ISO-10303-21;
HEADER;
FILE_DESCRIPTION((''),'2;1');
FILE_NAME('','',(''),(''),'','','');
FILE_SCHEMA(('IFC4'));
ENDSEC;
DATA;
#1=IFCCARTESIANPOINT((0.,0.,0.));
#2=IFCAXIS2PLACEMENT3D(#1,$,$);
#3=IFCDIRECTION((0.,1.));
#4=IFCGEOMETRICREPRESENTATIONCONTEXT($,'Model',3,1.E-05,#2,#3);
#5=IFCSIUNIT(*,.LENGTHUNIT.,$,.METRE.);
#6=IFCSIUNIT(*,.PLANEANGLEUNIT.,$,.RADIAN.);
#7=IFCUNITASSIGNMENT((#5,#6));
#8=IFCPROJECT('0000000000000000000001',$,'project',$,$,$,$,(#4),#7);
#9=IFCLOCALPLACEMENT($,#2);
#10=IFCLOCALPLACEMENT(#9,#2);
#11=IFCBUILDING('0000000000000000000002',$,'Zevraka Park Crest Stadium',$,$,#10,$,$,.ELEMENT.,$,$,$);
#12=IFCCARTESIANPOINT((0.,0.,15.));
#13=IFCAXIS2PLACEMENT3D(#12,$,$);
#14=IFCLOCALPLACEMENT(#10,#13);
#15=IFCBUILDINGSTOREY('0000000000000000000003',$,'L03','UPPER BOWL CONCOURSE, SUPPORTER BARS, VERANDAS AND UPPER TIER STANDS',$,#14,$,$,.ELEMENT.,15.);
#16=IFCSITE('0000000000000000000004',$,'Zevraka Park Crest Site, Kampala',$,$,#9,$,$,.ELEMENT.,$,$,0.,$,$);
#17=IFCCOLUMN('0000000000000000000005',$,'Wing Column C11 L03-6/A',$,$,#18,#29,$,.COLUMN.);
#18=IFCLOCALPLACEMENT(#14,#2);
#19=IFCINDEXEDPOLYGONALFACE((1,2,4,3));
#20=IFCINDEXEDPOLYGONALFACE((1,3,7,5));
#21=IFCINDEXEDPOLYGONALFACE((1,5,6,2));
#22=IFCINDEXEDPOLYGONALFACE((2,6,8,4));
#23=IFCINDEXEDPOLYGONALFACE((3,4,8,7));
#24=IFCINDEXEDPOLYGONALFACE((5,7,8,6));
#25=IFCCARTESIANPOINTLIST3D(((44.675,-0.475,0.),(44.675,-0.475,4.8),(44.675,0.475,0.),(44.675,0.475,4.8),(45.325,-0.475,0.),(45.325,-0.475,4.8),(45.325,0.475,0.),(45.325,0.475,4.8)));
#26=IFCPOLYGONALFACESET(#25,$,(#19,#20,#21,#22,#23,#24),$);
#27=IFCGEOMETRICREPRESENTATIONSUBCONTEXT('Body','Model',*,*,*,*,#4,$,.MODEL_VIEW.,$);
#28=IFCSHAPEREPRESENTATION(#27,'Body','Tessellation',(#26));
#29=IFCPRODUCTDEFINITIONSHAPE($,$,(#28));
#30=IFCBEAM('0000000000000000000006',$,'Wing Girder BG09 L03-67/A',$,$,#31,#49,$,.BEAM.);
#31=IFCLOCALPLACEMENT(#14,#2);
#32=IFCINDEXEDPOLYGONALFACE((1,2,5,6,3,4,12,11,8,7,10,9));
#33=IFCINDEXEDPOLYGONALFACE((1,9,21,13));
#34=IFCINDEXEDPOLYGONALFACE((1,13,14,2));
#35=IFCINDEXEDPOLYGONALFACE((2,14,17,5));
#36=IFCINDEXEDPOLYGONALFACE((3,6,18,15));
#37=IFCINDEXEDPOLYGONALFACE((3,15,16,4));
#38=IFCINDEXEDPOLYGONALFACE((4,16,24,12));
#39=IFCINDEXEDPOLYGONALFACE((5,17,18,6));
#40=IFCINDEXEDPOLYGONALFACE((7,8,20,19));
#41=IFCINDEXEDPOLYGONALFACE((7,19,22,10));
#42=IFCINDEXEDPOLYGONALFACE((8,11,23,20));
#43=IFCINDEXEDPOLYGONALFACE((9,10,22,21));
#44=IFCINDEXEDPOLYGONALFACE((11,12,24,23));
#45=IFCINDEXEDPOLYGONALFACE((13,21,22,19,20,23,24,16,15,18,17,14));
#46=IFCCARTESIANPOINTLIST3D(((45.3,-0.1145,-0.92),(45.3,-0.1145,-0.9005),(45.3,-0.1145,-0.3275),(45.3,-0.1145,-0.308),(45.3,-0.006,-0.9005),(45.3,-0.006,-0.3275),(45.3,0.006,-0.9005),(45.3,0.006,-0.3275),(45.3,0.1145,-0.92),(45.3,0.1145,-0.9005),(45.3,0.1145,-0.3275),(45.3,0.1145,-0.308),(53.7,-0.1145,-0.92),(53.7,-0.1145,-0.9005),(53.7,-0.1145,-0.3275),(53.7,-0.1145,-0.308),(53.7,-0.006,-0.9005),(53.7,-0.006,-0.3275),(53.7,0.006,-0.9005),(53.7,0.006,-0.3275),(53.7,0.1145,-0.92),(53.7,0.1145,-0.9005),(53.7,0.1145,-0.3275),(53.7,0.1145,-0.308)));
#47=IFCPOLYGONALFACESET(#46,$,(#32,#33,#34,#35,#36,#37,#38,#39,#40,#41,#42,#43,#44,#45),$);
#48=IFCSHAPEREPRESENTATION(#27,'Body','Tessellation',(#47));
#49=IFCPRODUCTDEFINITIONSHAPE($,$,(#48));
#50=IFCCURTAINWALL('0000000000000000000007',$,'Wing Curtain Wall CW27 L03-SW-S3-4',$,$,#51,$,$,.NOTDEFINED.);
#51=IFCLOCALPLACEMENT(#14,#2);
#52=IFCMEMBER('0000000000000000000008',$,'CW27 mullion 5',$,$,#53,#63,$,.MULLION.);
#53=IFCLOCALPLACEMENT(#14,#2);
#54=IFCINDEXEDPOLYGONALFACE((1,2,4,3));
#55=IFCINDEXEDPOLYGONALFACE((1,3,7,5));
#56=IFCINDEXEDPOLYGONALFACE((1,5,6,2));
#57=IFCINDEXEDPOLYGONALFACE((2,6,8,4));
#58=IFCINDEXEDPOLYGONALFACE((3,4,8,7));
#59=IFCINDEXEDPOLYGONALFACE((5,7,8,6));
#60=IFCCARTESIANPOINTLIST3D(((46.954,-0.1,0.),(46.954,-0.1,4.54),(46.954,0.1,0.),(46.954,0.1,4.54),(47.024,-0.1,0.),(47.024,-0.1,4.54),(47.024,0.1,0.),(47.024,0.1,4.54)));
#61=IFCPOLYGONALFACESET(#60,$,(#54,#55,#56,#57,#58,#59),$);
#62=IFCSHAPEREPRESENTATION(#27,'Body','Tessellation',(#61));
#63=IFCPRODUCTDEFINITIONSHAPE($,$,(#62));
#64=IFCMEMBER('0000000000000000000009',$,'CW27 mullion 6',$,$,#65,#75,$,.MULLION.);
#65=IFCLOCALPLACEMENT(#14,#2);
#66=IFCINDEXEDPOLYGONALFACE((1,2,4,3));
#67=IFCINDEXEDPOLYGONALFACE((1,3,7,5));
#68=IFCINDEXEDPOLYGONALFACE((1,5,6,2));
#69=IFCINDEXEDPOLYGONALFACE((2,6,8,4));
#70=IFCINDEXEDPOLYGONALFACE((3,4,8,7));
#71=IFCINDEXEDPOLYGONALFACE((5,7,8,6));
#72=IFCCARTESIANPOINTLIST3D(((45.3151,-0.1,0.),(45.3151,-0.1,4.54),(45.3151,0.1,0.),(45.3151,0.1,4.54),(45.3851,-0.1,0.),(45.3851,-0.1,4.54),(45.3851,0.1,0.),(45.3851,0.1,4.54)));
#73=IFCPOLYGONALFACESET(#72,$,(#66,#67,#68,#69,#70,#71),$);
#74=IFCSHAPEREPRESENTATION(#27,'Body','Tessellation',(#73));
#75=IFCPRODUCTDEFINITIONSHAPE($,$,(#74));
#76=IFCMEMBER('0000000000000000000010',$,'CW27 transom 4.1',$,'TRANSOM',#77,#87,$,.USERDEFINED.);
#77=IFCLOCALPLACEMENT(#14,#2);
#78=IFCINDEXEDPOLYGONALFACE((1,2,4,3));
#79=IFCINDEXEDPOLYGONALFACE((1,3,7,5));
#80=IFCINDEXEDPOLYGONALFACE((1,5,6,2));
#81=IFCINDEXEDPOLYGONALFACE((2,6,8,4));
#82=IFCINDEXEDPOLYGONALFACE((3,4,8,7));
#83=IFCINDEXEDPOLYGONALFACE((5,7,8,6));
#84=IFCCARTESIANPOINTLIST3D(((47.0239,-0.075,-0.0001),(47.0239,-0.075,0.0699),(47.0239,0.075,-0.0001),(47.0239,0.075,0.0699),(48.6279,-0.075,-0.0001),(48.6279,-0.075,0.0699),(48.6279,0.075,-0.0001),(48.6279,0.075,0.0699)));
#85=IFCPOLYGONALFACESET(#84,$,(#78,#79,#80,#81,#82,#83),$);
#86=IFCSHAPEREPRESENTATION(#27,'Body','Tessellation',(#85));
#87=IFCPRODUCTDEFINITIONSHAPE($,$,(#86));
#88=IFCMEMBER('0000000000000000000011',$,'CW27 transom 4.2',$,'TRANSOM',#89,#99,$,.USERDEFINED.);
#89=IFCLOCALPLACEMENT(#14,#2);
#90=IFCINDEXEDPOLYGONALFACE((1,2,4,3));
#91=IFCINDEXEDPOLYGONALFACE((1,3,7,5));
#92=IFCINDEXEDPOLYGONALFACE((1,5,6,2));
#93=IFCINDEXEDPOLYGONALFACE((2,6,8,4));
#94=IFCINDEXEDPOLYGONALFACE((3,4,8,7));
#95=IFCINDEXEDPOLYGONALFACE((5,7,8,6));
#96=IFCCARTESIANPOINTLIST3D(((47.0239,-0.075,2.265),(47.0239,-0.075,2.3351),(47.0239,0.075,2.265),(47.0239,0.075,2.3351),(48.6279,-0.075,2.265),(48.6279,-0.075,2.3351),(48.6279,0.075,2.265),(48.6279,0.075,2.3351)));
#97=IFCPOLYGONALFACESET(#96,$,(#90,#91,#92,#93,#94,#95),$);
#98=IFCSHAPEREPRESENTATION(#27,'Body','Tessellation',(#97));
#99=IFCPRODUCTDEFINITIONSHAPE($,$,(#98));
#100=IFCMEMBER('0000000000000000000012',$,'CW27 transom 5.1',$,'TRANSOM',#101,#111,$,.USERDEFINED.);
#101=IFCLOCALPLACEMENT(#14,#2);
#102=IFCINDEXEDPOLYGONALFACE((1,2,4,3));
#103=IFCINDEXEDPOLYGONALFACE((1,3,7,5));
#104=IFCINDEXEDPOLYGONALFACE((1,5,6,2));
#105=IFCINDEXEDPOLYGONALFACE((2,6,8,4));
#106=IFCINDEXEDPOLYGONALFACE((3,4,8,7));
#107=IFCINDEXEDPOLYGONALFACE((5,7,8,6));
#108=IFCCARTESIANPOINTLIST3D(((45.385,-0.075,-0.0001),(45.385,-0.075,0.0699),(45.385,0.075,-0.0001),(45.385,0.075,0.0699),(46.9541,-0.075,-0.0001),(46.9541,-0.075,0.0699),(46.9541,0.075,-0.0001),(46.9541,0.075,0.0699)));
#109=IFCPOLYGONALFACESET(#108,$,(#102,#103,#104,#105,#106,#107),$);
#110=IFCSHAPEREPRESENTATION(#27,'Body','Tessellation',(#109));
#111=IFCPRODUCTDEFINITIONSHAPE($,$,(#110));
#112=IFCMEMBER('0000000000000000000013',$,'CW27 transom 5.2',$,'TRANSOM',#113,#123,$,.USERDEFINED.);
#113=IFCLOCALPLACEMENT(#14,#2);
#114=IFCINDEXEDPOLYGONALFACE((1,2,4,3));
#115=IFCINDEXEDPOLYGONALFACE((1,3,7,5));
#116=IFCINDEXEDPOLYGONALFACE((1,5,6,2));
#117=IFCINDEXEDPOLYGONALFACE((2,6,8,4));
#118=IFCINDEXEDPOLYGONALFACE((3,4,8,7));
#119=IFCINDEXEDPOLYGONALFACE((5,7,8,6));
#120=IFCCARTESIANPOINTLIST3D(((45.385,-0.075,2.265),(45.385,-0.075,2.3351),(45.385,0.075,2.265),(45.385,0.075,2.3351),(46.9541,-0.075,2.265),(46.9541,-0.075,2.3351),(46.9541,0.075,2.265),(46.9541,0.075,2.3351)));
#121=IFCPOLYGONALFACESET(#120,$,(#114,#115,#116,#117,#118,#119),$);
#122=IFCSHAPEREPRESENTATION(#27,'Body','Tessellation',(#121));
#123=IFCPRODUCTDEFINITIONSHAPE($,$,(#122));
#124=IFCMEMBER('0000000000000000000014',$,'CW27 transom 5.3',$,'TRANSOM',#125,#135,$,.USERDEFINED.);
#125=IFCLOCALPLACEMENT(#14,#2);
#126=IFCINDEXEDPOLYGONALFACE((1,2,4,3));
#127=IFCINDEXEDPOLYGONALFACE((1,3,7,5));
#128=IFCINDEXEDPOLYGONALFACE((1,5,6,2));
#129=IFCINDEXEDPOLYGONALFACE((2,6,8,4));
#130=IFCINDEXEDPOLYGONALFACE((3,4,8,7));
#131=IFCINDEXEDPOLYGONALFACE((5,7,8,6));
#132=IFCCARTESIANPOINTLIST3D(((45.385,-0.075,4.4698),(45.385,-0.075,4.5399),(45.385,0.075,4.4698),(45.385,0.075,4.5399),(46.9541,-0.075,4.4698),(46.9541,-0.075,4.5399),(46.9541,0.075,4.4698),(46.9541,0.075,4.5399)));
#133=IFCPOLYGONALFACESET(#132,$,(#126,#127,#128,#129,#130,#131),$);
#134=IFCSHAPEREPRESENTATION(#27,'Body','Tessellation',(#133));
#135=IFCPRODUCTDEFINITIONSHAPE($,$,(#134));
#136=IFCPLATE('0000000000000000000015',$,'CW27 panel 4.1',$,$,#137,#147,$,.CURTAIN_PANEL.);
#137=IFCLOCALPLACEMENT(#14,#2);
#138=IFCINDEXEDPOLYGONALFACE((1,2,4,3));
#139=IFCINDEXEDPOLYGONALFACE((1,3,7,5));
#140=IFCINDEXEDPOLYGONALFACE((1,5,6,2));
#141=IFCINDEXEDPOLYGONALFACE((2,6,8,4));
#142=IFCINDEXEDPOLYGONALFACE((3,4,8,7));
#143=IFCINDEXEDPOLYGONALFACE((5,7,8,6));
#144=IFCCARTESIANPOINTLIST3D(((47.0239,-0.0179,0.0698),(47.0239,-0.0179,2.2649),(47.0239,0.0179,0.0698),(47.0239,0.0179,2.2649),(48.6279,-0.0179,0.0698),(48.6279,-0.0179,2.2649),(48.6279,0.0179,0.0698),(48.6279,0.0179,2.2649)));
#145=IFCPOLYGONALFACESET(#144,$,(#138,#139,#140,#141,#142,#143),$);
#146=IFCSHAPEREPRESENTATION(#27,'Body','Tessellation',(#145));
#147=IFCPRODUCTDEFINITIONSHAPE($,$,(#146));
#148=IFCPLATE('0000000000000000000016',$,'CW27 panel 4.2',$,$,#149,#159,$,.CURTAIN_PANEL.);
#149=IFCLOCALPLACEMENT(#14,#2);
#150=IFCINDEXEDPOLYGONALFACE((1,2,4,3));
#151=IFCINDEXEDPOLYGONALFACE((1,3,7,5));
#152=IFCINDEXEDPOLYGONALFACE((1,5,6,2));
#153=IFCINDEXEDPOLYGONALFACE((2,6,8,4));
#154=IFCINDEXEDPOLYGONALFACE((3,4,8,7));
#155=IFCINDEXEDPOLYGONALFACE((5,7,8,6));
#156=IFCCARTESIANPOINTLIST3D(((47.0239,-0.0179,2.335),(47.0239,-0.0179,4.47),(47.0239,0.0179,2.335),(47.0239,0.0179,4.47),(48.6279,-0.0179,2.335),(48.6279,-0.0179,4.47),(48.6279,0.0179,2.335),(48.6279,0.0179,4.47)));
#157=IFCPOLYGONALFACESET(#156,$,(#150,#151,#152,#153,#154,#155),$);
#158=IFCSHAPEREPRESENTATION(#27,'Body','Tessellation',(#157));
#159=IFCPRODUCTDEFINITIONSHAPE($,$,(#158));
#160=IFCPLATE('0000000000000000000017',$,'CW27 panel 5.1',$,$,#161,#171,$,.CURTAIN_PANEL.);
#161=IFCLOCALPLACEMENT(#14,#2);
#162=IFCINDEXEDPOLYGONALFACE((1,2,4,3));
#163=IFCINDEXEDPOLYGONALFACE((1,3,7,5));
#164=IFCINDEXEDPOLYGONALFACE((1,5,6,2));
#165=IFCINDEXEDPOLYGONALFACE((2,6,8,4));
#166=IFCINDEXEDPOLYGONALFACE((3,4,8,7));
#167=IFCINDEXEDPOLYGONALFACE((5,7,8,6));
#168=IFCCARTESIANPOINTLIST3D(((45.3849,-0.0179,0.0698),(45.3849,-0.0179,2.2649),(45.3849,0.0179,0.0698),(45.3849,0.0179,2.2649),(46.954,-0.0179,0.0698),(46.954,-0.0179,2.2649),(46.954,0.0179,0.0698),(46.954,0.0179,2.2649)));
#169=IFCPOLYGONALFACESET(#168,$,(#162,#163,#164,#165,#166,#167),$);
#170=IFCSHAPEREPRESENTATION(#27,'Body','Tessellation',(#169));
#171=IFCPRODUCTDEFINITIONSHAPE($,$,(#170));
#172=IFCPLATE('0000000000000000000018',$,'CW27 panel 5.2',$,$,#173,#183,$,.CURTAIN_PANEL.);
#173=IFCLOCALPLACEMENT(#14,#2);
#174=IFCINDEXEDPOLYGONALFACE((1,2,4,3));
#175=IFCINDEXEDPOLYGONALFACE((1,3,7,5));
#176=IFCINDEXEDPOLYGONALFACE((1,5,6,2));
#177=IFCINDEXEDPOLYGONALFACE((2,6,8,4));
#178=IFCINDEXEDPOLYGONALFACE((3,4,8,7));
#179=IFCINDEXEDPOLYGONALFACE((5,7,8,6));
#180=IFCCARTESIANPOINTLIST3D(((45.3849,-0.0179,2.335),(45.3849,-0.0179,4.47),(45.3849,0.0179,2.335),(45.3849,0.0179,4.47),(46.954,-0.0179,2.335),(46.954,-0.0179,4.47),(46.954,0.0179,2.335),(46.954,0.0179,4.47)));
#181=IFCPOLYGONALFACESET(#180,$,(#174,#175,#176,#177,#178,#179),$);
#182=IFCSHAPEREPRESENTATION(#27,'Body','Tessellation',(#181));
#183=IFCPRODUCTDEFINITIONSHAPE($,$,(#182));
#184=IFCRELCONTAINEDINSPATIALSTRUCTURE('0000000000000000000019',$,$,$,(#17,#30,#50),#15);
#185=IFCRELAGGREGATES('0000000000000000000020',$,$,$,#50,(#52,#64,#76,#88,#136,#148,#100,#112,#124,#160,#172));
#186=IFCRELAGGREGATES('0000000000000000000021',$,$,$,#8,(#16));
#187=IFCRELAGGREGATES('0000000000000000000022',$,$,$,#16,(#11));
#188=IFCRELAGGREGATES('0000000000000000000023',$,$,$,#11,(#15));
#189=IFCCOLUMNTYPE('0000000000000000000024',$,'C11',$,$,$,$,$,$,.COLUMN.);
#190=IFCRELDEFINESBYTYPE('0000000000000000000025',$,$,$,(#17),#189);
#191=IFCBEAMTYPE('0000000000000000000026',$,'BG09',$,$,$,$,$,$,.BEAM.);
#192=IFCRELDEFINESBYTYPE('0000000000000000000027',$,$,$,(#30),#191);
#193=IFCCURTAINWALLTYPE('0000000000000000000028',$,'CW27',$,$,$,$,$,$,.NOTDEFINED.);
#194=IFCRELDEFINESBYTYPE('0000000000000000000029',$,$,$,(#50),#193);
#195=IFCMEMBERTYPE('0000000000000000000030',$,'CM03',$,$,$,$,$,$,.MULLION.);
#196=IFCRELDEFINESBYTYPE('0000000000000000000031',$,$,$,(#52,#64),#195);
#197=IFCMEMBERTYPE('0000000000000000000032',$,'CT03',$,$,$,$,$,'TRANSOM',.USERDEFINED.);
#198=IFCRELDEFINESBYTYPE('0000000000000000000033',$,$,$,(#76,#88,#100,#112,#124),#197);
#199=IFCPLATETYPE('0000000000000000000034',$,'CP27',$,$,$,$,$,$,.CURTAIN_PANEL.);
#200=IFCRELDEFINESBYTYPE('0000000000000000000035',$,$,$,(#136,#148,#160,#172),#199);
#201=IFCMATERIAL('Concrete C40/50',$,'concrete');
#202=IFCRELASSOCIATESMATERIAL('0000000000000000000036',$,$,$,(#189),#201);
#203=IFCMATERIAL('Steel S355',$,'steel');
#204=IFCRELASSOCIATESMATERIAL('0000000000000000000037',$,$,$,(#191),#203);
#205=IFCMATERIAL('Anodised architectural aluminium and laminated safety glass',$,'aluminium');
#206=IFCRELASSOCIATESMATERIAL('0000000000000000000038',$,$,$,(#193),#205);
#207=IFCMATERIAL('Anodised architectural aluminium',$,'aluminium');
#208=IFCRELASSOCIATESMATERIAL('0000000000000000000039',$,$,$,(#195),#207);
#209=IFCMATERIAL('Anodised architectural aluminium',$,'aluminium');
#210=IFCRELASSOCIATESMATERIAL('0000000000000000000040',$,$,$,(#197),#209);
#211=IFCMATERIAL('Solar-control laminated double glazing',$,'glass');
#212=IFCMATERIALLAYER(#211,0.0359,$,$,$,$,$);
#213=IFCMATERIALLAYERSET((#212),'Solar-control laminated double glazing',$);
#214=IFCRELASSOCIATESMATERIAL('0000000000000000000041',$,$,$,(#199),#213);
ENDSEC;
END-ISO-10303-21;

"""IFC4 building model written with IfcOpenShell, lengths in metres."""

from ifc_helpers import new_model, si_unit, direction, frame, origin, origin_2d, place, context, subcontext, project, spatial, rectangle, i_section, extrude, material, layer, layer_set, material_profile, profile_set, type_object, element, aggregate, save


model = new_model("IFC4")

# Units and contexts
model_context = context("Model", 3, precision=1e-05, world=origin(), true_north=direction((0.0, 1.0)))
body_context = subcontext(model_context, "Body", "Model", "MODEL_VIEW")
ifc_project = project(units=[si_unit("LENGTHUNIT", "METRE"), si_unit("PLANEANGLEUNIT", "RADIAN")], contexts=[model_context])

# Site, building, storey
site_placement = place(None, origin())
site = spatial("IfcSite", under=ifc_project, at=site_placement, Name="Zevraka Park Crest Site, Kampala", CompositionType="ELEMENT", RefElevation=0.0)
building_placement = place(site_placement, origin())
building = spatial("IfcBuilding", under=site, at=building_placement, Name="Zevraka Park Crest Stadium", CompositionType="ELEMENT")
storey_placement = place(building_placement, frame((0.0, 0.0, 15.0)))
storey = spatial("IfcBuildingStorey", under=building, at=storey_placement, Name="L03", Description="UPPER BOWL CONCOURSE, SUPPORTER BARS, VERANDAS AND UPPER TIER STANDS", CompositionType="ELEMENT", Elevation=15.0)

# Column
ifc_material_1 = material(Name="Concrete C40/50", Category="concrete")
ifc_material_profile_1 = material_profile(ifc_material_1, rectangle(XDim=0.6499, YDim=0.95, at=origin_2d()), Name="RC 950x650")
ifc_profile_set_1 = profile_set([ifc_material_profile_1], Name="Concrete C40/50")
column_type = type_object("IfcColumnType", Name="C11", PredefinedType="COLUMN", material=ifc_profile_set_1)
column_placement = place(storey_placement, frame((45.0, 0.0, 0.0), z_axis=(0.0, 0.0, 1.0), x_axis=(1.0, 0.0, 0.0)))
element("IfcColumn", 1, at=column_placement, inside=storey, type_object=column_type, Name="Wing Column C11 L03-6/A", PredefinedType="COLUMN", context=body_context, shape_type="SweptSolid", body=[
    extrude(rectangle(XDim=0.6499, YDim=0.95, at=origin_2d()), origin(), (0.0, 0.0, 1.0), 4.8),
])

# Beam
ifc_material_2 = material(Name="Steel S355", Category="steel")
ifc_material_profile_2 = material_profile(ifc_material_2, i_section(OverallWidth=0.229, OverallDepth=0.6121, WebThickness=0.012, FlangeThickness=0.0195, at=origin_2d()), Name="UKB 610x229x125")
ifc_profile_set_2 = profile_set([ifc_material_profile_2], Name="Steel S355")
beam_type = type_object("IfcBeamType", Name="BG09", PredefinedType="BEAM", material=ifc_profile_set_2)
beam_placement = place(storey_placement, frame((45.3, 0.0, -0.614), z_axis=(1.0, 0.0, 0.0), x_axis=(0.0, 1.0, 0.0)))
element("IfcBeam", 2, at=beam_placement, inside=storey, type_object=beam_type, Name="Wing Girder BG09 L03-67/A", PredefinedType="BEAM", context=body_context, shape_type="SweptSolid", body=[
    extrude(i_section(OverallWidth=0.229, OverallDepth=0.6121, WebThickness=0.012, FlangeThickness=0.0195, at=origin_2d()), origin(), (0.0, 0.0, 1.0), 8.3999),
])

# Curtain wall, members, plates
ifc_material_3 = material(Name="Anodised architectural aluminium and laminated safety glass", Category="aluminium")
curtain_wall_type = type_object("IfcCurtainWallType", Name="CW27", PredefinedType="NOTDEFINED", material=ifc_material_3)
curtain_wall_placement = place(storey_placement, origin())
curtain_wall = element("IfcCurtainWall", 3, at=curtain_wall_placement, inside=storey, type_object=curtain_wall_type, Name="Wing Curtain Wall CW27 L03-SW-S3-4", PredefinedType="NOTDEFINED")
ifc_material_4 = material(Name="Anodised architectural aluminium", Category="aluminium")
ifc_material_profile_3 = material_profile(ifc_material_4, rectangle(XDim=0.2, YDim=0.0701, at=origin_2d()), Name="ALU MULLION 200x70")
ifc_profile_set_3 = profile_set([ifc_material_profile_3], Name="Anodised architectural aluminium")
member_type_1 = type_object("IfcMemberType", Name="CM03", PredefinedType="MULLION", material=ifc_profile_set_3)
member_1_placement = place(storey_placement, frame((46.989, 0.0, 0.0), z_axis=(0.0, 0.0, 1.0), x_axis=(0.0, -1.0, 0.0)))
member_1 = element("IfcMember", 4, at=member_1_placement, type_object=member_type_1, Name="CW27 mullion 5", PredefinedType="MULLION", context=body_context, shape_type="SweptSolid", body=[
    extrude(rectangle(XDim=0.2, YDim=0.0701, at=origin_2d()), origin(), (0.0, 0.0, 1.0), 4.54),
])
member_2_placement = place(storey_placement, frame((45.3501, 0.0, 0.0), z_axis=(0.0, 0.0, 1.0), x_axis=(0.0, -1.0, 0.0)))
member_2 = element("IfcMember", 5, at=member_2_placement, type_object=member_type_1, Name="CW27 mullion 6", PredefinedType="MULLION", context=body_context, shape_type="SweptSolid", body=[
    extrude(rectangle(XDim=0.2, YDim=0.0701, at=origin_2d()), origin(), (0.0, 0.0, 1.0), 4.54),
])
ifc_material_5 = material(Name="Anodised architectural aluminium", Category="aluminium")
ifc_material_profile_4 = material_profile(ifc_material_5, rectangle(XDim=0.1499, YDim=0.0701, at=origin_2d()), Name="ALU TRANSOM 150x70")
ifc_profile_set_4 = profile_set([ifc_material_profile_4], Name="Anodised architectural aluminium")
member_type_2 = type_object("IfcMemberType", Name="CT03", ElementType="TRANSOM", PredefinedType="USERDEFINED", material=ifc_profile_set_4)
member_3_placement = place(storey_placement, frame((48.6279, 0.0, 0.0349), z_axis=(-1.0, 0.0, 0.0), x_axis=(0.0, -1.0, 0.0)))
member_3 = element("IfcMember", 6, at=member_3_placement, type_object=member_type_2, Name="CW27 transom 4.1", ObjectType="TRANSOM", PredefinedType="USERDEFINED", context=body_context, shape_type="SweptSolid", body=[
    extrude(rectangle(XDim=0.1499, YDim=0.0701, at=origin_2d()), origin(), (0.0, 0.0, 1.0), 1.604),
])
member_4_placement = place(storey_placement, frame((48.6279, 0.0, 2.3), z_axis=(-1.0, 0.0, 0.0), x_axis=(0.0, -1.0, 0.0)))
member_4 = element("IfcMember", 7, at=member_4_placement, type_object=member_type_2, Name="CW27 transom 4.2", ObjectType="TRANSOM", PredefinedType="USERDEFINED", context=body_context, shape_type="SweptSolid", body=[
    extrude(rectangle(XDim=0.1499, YDim=0.0701, at=origin_2d()), origin(), (0.0, 0.0, 1.0), 1.604),
])
member_5_placement = place(storey_placement, frame((46.9541, 0.0, 0.0349), z_axis=(-1.0, 0.0, 0.0), x_axis=(0.0, -1.0, 0.0)))
member_5 = element("IfcMember", 8, at=member_5_placement, type_object=member_type_2, Name="CW27 transom 5.1", ObjectType="TRANSOM", PredefinedType="USERDEFINED", context=body_context, shape_type="SweptSolid", body=[
    extrude(rectangle(XDim=0.1499, YDim=0.0701, at=origin_2d()), origin(), (0.0, 0.0, 1.0), 1.5691),
])
member_6_placement = place(storey_placement, frame((46.9541, 0.0, 2.3), z_axis=(-1.0, 0.0, 0.0), x_axis=(0.0, -1.0, 0.0)))
member_6 = element("IfcMember", 9, at=member_6_placement, type_object=member_type_2, Name="CW27 transom 5.2", ObjectType="TRANSOM", PredefinedType="USERDEFINED", context=body_context, shape_type="SweptSolid", body=[
    extrude(rectangle(XDim=0.1499, YDim=0.0701, at=origin_2d()), origin(), (0.0, 0.0, 1.0), 1.5691),
])
member_7_placement = place(storey_placement, frame((46.9541, 0.0, 4.5049), z_axis=(-1.0, 0.0, 0.0), x_axis=(0.0, -1.0, 0.0)))
member_7 = element("IfcMember", 10, at=member_7_placement, type_object=member_type_2, Name="CW27 transom 5.3", ObjectType="TRANSOM", PredefinedType="USERDEFINED", context=body_context, shape_type="SweptSolid", body=[
    extrude(rectangle(XDim=0.1499, YDim=0.0701, at=origin_2d()), origin(), (0.0, 0.0, 1.0), 1.5691),
])
ifc_material_6 = material(Name="Solar-control laminated double glazing", Category="glass")
ifc_layer_1 = layer(ifc_material_6, 0.0359)
ifc_layer_set_1 = layer_set([ifc_layer_1], Name="Solar-control laminated double glazing")
plate_type = type_object("IfcPlateType", Name="CP27", PredefinedType="CURTAIN_PANEL", material=ifc_layer_set_1)
plate_1_placement = place(storey_placement, frame((47.8259, 0.0, 0.0698), z_axis=(0.0, 0.0, 1.0), x_axis=(-1.0, 0.0, 0.0)))
plate_1 = element("IfcPlate", 11, at=plate_1_placement, type_object=plate_type, Name="CW27 panel 4.1", PredefinedType="CURTAIN_PANEL", context=body_context, shape_type="SweptSolid", body=[
    extrude(rectangle(XDim=1.604, YDim=0.0359, at=origin_2d()), origin(), (0.0, 0.0, 1.0), 2.1951),
])
plate_2_placement = place(storey_placement, frame((47.8259, 0.0, 2.335), z_axis=(0.0, 0.0, 1.0), x_axis=(-1.0, 0.0, 0.0)))
plate_2 = element("IfcPlate", 12, at=plate_2_placement, type_object=plate_type, Name="CW27 panel 4.2", PredefinedType="CURTAIN_PANEL", context=body_context, shape_type="SweptSolid", body=[
    extrude(rectangle(XDim=1.604, YDim=0.0359, at=origin_2d()), origin(), (0.0, 0.0, 1.0), 2.135),
])
plate_3_placement = place(storey_placement, frame((46.1694, 0.0, 0.0698), z_axis=(0.0, 0.0, 1.0), x_axis=(-1.0, 0.0, 0.0)))
plate_3 = element("IfcPlate", 13, at=plate_3_placement, type_object=plate_type, Name="CW27 panel 5.1", PredefinedType="CURTAIN_PANEL", context=body_context, shape_type="SweptSolid", body=[
    extrude(rectangle(XDim=1.5691, YDim=0.0359, at=origin_2d()), origin(), (0.0, 0.0, 1.0), 2.1951),
])
plate_4_placement = place(storey_placement, frame((46.1694, 0.0, 2.335), z_axis=(0.0, 0.0, 1.0), x_axis=(-1.0, 0.0, 0.0)))
plate_4 = element("IfcPlate", 14, at=plate_4_placement, type_object=plate_type, Name="CW27 panel 5.2", PredefinedType="CURTAIN_PANEL", context=body_context, shape_type="SweptSolid", body=[
    extrude(rectangle(XDim=1.5691, YDim=0.0359, at=origin_2d()), origin(), (0.0, 0.0, 1.0), 2.135),
])
aggregate(curtain_wall, [member_1, member_2, member_3, member_4, plate_1, plate_2, member_5, member_6, member_7, plate_3, plate_4])

save(model, "model.ifc")
